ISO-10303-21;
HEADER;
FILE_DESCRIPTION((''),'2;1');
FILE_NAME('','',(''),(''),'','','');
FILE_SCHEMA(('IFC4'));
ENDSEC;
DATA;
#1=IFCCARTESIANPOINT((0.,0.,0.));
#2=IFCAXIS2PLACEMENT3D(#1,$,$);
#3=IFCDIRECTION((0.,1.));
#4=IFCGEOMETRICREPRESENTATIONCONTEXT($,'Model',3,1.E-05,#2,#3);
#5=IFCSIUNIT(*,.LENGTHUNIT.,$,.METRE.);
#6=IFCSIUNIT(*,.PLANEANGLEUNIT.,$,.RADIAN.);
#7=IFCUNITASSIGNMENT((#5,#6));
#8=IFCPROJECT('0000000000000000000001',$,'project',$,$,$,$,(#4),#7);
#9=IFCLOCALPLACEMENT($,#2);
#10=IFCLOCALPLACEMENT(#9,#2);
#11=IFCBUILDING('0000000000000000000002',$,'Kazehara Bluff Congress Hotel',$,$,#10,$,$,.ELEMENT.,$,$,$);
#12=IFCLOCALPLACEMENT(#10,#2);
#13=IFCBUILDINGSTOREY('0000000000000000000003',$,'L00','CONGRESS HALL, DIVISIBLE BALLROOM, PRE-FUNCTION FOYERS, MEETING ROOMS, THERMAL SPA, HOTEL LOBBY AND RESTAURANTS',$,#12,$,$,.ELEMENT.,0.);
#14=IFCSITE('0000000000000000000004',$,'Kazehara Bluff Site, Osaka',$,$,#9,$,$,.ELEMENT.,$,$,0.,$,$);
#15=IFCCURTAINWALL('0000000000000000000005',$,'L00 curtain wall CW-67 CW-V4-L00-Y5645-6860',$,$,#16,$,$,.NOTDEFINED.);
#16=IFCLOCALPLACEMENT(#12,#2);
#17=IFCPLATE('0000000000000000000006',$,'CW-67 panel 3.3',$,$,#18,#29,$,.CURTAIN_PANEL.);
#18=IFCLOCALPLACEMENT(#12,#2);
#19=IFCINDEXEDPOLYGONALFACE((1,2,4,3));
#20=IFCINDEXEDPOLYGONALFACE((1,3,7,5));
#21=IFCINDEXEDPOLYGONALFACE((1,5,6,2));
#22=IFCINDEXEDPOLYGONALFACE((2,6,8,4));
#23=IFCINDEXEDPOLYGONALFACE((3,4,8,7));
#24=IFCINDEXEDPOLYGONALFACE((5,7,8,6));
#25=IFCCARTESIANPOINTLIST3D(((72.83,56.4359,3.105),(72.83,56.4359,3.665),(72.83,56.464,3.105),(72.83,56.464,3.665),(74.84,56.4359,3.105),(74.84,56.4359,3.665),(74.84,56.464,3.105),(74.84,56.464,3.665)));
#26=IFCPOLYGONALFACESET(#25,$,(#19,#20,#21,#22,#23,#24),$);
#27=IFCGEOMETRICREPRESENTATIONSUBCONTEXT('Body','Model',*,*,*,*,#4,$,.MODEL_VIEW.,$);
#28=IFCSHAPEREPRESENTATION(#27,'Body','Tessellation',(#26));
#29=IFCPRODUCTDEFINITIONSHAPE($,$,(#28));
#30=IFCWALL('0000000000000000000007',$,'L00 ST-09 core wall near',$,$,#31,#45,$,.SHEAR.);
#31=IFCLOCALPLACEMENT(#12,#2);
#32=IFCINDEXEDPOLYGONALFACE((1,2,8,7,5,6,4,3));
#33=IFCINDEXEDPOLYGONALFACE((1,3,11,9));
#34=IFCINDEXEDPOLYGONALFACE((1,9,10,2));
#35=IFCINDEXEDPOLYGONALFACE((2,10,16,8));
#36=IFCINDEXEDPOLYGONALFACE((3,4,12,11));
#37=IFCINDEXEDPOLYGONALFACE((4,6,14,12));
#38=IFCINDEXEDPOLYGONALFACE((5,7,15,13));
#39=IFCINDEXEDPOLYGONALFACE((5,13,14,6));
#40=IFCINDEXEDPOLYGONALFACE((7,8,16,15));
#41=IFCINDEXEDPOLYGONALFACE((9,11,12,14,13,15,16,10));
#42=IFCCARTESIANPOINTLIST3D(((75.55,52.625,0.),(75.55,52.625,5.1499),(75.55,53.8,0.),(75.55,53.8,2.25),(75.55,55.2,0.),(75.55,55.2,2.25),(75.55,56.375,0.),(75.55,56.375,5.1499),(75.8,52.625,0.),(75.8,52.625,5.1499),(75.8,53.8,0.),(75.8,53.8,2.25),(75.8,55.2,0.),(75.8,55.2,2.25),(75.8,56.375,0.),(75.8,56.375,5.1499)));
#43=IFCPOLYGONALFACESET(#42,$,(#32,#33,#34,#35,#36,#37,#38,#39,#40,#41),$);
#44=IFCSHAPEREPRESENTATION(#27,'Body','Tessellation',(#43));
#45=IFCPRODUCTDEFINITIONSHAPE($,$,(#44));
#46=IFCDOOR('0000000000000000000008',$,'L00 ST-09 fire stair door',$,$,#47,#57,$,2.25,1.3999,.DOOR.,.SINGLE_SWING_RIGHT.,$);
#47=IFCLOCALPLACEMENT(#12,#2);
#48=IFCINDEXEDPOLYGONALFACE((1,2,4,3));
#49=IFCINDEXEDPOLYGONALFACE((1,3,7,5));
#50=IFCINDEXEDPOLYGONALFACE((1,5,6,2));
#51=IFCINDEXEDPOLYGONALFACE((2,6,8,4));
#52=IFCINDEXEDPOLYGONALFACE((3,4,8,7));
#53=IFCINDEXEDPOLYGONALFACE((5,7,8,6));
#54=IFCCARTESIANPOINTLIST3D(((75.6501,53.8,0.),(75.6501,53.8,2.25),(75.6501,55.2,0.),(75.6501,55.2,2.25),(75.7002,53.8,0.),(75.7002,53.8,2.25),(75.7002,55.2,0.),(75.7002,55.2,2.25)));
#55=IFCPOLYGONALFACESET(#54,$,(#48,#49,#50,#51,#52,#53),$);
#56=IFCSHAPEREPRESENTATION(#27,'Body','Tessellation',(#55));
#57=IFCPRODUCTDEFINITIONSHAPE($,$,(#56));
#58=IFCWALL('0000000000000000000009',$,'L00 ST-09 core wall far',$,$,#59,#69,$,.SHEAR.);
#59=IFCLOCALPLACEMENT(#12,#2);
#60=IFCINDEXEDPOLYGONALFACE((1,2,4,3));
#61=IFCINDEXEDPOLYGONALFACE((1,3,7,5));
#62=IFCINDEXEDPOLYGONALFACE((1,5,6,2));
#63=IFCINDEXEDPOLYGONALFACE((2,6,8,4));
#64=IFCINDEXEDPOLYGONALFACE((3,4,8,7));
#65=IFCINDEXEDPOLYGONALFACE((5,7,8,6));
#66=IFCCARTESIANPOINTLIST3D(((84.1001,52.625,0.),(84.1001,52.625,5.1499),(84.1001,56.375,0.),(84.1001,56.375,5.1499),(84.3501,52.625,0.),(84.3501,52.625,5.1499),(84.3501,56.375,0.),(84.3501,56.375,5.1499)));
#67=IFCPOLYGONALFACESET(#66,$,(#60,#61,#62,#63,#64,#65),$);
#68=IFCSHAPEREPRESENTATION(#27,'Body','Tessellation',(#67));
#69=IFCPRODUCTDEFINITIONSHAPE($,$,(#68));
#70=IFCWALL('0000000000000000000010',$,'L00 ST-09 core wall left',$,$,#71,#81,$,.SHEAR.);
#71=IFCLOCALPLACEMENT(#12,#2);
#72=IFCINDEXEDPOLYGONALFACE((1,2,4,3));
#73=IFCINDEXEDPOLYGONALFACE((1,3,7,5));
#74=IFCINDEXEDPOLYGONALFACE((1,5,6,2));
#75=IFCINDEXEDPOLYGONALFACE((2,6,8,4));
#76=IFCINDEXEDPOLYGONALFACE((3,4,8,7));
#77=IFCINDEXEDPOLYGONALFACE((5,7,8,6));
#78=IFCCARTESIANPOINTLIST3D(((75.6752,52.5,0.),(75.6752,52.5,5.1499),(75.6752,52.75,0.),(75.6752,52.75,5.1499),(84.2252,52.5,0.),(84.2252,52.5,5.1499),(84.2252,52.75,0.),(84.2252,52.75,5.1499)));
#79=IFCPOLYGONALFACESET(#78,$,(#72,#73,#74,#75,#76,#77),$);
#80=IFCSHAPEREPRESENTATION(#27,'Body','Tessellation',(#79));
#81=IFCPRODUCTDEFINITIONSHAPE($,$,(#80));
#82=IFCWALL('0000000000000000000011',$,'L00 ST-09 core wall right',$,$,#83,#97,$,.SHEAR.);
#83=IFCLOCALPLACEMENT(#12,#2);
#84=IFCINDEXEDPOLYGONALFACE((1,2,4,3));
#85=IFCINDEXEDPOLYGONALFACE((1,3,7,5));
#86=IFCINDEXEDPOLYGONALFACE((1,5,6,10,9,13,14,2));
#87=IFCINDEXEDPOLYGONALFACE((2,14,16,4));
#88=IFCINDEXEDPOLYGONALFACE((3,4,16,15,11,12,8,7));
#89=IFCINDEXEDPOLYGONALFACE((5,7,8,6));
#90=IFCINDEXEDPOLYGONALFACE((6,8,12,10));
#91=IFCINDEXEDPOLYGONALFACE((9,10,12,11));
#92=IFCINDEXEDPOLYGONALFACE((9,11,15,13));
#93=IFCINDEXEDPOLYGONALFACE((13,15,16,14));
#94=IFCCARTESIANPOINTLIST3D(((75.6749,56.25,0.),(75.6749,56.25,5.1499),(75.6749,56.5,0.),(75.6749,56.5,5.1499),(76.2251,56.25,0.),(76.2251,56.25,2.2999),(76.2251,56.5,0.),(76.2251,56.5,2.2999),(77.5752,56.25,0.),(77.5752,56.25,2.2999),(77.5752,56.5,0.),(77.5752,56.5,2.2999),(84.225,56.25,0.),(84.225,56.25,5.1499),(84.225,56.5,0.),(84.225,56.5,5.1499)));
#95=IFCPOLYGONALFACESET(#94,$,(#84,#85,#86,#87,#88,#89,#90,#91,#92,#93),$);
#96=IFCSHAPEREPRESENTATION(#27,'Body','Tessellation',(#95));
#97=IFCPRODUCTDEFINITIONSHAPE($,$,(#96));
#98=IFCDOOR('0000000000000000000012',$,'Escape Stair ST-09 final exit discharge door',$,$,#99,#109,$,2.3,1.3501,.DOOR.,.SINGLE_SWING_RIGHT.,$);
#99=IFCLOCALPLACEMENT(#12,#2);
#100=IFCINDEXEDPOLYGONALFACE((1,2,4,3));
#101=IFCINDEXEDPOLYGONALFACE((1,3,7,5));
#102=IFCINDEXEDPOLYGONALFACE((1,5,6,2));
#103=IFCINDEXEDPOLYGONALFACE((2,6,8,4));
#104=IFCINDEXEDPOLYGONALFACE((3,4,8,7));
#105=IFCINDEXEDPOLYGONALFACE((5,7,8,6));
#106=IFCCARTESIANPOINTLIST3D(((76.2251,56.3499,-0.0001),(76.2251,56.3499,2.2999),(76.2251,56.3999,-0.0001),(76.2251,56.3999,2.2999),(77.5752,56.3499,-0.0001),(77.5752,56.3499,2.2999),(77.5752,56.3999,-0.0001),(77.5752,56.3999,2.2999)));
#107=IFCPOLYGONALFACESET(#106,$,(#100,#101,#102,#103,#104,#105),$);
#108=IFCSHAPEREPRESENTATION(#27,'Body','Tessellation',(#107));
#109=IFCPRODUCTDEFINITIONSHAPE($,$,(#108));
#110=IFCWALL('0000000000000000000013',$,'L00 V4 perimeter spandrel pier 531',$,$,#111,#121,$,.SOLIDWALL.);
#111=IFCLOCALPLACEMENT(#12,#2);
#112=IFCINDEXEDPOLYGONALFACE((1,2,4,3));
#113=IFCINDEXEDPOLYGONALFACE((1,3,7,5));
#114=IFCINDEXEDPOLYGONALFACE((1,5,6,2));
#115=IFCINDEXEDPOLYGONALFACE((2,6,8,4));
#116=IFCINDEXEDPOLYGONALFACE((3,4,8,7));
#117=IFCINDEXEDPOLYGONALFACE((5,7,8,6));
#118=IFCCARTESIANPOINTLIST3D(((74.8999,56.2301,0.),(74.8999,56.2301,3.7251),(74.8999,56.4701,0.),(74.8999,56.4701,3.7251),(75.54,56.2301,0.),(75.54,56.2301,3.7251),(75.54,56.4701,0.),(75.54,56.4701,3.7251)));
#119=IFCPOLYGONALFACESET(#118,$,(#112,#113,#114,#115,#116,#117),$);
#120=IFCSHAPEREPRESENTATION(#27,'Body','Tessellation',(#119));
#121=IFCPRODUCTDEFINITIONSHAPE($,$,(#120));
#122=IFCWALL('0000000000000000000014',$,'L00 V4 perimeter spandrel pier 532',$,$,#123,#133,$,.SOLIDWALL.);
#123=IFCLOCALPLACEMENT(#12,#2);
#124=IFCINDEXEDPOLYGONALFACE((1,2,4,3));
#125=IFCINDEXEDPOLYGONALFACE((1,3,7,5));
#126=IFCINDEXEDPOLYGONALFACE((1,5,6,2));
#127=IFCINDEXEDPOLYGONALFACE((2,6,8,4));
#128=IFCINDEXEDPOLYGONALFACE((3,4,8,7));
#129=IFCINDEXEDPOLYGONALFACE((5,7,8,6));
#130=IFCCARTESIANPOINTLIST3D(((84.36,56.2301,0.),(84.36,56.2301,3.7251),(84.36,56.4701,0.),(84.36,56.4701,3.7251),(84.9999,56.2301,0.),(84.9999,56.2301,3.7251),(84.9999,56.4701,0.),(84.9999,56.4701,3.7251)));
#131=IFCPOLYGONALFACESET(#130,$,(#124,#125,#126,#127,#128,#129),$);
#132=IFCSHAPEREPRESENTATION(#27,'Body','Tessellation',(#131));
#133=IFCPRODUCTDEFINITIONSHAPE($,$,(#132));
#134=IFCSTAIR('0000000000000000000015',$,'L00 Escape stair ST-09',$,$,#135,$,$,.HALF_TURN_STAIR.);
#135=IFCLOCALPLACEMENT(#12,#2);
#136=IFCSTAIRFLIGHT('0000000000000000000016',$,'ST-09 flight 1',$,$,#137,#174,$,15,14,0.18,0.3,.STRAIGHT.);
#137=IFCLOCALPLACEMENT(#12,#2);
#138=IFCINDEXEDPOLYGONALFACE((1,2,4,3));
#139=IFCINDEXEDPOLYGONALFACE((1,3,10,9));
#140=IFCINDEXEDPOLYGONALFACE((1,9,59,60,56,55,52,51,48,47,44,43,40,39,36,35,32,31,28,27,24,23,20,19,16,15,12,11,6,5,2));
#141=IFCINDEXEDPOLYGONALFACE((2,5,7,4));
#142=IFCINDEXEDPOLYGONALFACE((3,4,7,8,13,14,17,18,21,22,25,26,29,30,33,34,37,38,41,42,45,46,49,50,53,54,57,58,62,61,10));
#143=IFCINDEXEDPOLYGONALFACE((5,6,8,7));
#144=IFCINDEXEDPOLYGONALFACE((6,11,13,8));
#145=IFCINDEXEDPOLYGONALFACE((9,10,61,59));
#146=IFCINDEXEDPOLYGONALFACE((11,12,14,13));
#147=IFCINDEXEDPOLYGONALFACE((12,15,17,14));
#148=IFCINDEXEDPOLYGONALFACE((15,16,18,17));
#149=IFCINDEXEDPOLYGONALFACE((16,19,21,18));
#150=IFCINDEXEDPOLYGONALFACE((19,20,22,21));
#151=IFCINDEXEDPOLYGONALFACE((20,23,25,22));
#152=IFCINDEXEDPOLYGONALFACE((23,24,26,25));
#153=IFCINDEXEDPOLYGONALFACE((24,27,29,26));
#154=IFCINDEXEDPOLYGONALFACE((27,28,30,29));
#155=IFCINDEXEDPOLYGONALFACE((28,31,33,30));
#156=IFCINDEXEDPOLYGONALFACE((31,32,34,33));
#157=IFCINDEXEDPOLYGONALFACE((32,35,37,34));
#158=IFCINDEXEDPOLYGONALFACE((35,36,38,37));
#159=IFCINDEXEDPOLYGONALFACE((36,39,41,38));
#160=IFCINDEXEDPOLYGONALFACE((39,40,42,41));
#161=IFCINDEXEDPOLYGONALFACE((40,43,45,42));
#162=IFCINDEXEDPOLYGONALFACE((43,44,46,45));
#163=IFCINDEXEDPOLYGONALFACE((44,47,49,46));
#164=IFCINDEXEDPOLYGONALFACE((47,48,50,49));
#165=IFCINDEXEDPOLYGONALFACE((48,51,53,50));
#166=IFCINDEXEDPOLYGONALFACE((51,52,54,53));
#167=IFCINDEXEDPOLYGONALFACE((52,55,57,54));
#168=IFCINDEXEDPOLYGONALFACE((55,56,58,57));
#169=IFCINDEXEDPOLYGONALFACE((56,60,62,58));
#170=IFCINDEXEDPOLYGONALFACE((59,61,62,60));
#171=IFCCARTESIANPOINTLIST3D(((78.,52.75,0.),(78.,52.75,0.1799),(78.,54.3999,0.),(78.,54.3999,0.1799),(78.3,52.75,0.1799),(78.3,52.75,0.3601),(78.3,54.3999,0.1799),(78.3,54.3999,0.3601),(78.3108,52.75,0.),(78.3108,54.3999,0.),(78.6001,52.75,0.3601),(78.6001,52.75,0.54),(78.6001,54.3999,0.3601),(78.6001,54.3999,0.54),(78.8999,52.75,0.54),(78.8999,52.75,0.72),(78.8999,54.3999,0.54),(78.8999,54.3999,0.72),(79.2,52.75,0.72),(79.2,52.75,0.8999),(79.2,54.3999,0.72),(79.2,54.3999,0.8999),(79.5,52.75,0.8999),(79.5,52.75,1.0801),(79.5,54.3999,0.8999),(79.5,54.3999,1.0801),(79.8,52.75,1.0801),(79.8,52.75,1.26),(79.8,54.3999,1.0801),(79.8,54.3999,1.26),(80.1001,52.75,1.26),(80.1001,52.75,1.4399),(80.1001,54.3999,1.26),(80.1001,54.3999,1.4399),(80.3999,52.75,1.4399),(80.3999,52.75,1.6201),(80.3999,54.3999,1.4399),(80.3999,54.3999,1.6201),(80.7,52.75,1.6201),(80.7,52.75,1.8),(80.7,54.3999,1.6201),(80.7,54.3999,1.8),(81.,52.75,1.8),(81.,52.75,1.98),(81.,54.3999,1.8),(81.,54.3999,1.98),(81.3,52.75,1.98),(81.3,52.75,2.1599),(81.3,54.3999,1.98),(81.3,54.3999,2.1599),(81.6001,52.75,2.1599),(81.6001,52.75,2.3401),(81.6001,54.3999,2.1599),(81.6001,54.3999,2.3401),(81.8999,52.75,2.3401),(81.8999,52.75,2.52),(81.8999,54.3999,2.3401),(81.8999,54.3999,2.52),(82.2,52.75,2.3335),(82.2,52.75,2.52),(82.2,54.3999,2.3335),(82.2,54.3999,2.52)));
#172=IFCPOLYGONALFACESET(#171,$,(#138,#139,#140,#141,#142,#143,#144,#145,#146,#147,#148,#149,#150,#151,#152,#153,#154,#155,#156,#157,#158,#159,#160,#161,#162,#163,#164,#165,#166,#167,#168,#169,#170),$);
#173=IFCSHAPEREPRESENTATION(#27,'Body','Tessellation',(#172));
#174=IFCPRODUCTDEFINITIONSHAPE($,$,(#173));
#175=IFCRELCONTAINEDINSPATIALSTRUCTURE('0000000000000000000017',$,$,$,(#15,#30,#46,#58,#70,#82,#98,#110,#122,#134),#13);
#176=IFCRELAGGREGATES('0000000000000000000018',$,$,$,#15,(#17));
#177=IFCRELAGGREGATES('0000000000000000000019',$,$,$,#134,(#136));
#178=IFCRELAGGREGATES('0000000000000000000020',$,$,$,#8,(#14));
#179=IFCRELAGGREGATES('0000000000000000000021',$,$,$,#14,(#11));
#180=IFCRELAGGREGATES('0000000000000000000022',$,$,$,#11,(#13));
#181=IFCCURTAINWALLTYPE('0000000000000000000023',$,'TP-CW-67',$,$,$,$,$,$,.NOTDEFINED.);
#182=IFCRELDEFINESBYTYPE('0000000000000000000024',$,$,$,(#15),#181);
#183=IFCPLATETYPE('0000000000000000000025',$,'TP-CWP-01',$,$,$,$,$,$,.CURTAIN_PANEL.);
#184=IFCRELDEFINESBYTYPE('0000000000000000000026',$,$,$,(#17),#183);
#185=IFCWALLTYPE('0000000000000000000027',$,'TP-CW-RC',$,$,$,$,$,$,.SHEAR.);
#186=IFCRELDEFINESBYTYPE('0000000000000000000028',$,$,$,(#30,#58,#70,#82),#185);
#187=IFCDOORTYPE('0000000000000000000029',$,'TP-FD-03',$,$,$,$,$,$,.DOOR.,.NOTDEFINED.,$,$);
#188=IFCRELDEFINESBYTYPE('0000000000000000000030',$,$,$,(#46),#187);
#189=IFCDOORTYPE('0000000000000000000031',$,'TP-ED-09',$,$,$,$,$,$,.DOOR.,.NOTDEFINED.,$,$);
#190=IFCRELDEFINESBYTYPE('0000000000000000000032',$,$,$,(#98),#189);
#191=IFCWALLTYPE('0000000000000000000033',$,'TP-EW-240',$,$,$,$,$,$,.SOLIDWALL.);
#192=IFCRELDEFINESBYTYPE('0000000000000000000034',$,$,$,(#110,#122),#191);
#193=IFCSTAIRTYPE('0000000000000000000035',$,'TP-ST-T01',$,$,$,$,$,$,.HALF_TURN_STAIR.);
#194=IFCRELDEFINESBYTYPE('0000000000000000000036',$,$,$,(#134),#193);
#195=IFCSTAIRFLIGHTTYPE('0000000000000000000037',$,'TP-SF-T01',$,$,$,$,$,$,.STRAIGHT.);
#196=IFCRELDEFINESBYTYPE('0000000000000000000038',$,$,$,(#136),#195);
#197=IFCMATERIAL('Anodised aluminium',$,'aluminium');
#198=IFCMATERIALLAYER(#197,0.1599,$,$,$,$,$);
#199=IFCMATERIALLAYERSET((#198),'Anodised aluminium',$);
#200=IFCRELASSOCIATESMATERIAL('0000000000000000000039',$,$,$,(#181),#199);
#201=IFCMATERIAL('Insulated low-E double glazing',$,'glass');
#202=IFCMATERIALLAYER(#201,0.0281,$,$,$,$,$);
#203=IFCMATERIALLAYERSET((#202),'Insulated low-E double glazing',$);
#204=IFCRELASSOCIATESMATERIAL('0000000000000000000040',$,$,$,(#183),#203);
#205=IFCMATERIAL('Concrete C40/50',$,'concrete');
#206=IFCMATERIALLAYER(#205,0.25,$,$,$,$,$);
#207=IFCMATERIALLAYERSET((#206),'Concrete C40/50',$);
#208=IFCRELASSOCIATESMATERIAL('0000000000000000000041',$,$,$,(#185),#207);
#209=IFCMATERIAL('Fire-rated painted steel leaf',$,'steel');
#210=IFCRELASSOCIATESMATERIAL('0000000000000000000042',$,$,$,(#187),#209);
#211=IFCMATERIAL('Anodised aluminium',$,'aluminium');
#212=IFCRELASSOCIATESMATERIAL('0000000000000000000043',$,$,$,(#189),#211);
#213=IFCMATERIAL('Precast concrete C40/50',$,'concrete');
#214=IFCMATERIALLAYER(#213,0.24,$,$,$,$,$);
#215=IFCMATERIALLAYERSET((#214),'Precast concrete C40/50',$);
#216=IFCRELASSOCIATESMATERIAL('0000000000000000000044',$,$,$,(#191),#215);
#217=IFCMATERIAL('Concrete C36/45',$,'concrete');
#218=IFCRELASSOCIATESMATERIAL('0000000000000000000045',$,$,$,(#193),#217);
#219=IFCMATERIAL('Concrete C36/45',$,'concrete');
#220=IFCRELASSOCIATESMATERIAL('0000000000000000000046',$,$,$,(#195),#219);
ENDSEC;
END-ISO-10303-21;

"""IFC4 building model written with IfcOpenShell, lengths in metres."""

from ifc_helpers import new_model, si_unit, direction, frame, frame_2d, origin, origin_2d, place, context, subcontext, project, spatial, polyline, rectangle, outline, extrude, material, layer, layer_set, type_object, element, fill, aggregate, save


model = new_model("IFC4")

# Units and contexts
model_context = context("Model", 3, precision=1e-05, world=origin(), true_north=direction((0.0, 1.0)))
body_context = subcontext(model_context, "Body", "Model", "MODEL_VIEW")
ifc_project = project(units=[si_unit("LENGTHUNIT", "METRE"), si_unit("PLANEANGLEUNIT", "RADIAN")], contexts=[model_context])

# Site, building, storey
site_placement = place(None, origin())
site = spatial("IfcSite", under=ifc_project, at=site_placement, Name="Kazehara Bluff Site, Osaka", CompositionType="ELEMENT", RefElevation=0.0)
building_placement = place(site_placement, origin())
building = spatial("IfcBuilding", under=site, at=building_placement, Name="Kazehara Bluff Congress Hotel", CompositionType="ELEMENT")
storey_placement = place(building_placement, origin())
storey = spatial("IfcBuildingStorey", under=building, at=storey_placement, Name="L00", Description="CONGRESS HALL, DIVISIBLE BALLROOM, PRE-FUNCTION FOYERS, MEETING ROOMS, THERMAL SPA, HOTEL LOBBY AND RESTAURANTS", CompositionType="ELEMENT", Elevation=0.0)

# Curtain wall
ifc_material_1 = material(Name="Anodised aluminium", Category="aluminium")
ifc_layer_1 = layer(ifc_material_1, 0.1599)
ifc_layer_set_1 = layer_set([ifc_layer_1], Name="Anodised aluminium")
curtain_wall_type_1 = type_object("IfcCurtainWallType", Name="TP-CW-67", PredefinedType="NOTDEFINED", material=ifc_layer_set_1)
curtain_wall_1_placement = place(storey_placement, origin())
curtain_wall_1 = element("IfcCurtainWall", 1, at=curtain_wall_1_placement, inside=storey, type_object=curtain_wall_type_1, Name="L00 curtain wall CW-67 CW-V4-L00-Y5645-6860", PredefinedType="NOTDEFINED")

# Plate
ifc_material_2 = material(Name="Insulated low-E double glazing", Category="glass")
ifc_layer_2 = layer(ifc_material_2, 0.0281)
ifc_layer_set_2 = layer_set([ifc_layer_2], Name="Insulated low-E double glazing")
plate_type = type_object("IfcPlateType", Name="TP-CWP-01", PredefinedType="CURTAIN_PANEL", material=ifc_layer_set_2)
plate_1_placement = place(storey_placement, frame((73.835, 56.45, 3.105), z_axis=(0.0, 0.0, 1.0), x_axis=(1.0, 0.0, 0.0)))
plate_1 = element("IfcPlate", 2, at=plate_1_placement, type_object=plate_type, Name="CW-67 panel 3.3", PredefinedType="CURTAIN_PANEL", context=body_context, shape_type="SweptSolid", body=[
    extrude(rectangle(XDim=2.01, YDim=0.0281, at=origin_2d()), origin(), (0.0, 0.0, 1.0), 0.5601),
])
aggregate(curtain_wall_1, [plate_1])

# Wall, opening, door
ifc_material_3 = material(Name="Concrete C40/50", Category="concrete")
ifc_layer_3 = layer(ifc_material_3, 0.25)
ifc_layer_set_3 = layer_set([ifc_layer_3], Name="Concrete C40/50")
wall_type_1 = type_object("IfcWallType", Name="TP-CW-RC", PredefinedType="SHEAR", material=ifc_layer_set_3)
wall_1_placement = place(storey_placement, frame((75.675, 52.625, 0.0), z_axis=(0.0, 0.0, 1.0), x_axis=(0.0, 1.0, 0.0)))
wall_1 = element("IfcWall", 3, at=wall_1_placement, inside=storey, type_object=wall_type_1, Name="L00 ST-09 core wall near", PredefinedType="SHEAR", context=body_context, shape_type="SweptSolid", body=[
    extrude(rectangle(XDim=3.75, YDim=0.25, at=frame_2d((1.875, 0.0))), origin(), (0.0, 0.0, 1.0), 5.1499),
])
opening_1_placement = place(wall_1_placement, frame((1.175, 0.0, 0.0)))
opening_1 = element("IfcOpeningElement", 4, at=opening_1_placement, cuts=wall_1, PredefinedType="OPENING", context=body_context, shape_type="SweptSolid", body=[
    extrude(rectangle(XDim=1.3999, YDim=2.25, at=frame_2d((0.7, 1.125))), frame((0.0, 0.135, 0.0), z_axis=(0.0, -1.0, 0.0), x_axis=(1.0, 0.0, 0.0)), (0.0, 0.0, 1.0), 0.27),
])
ifc_material_4 = material(Name="Fire-rated painted steel leaf", Category="steel")
door_type_1 = type_object("IfcDoorType", Name="TP-FD-03", OperationType="NOTDEFINED", PredefinedType="DOOR", material=ifc_material_4)
door_1_placement = place(opening_1_placement, origin())
door_1 = element("IfcDoor", 5, at=door_1_placement, inside=storey, type_object=door_type_1, Name="L00 ST-09 fire stair door", OperationType="SINGLE_SWING_RIGHT", OverallHeight=2.25, OverallWidth=1.3999, PredefinedType="DOOR", context=body_context, shape_type="SweptSolid", body=[
    extrude(rectangle(XDim=1.3999, YDim=2.25, at=frame_2d((0.7, 1.125))), frame((0.0, 0.0249, 0.0), z_axis=(0.0, -1.0, 0.0), x_axis=(1.0, 0.0, 0.0)), (0.0, 0.0, 1.0), 0.05),
])
fill(opening_1, door_1)

# Walls
wall_2_placement = place(storey_placement, frame((84.2251, 56.375, 0.0), z_axis=(0.0, 0.0, 1.0), x_axis=(0.0, -1.0, 0.0)))
element("IfcWall", 6, at=wall_2_placement, inside=storey, type_object=wall_type_1, Name="L00 ST-09 core wall far", PredefinedType="SHEAR", context=body_context, shape_type="SweptSolid", body=[
    extrude(rectangle(XDim=3.75, YDim=0.25, at=frame_2d((1.875, 0.0))), origin(), (0.0, 0.0, 1.0), 5.1499),
])
wall_3_placement = place(storey_placement, frame((84.2251, 52.625, 0.0), z_axis=(0.0, 0.0, 1.0), x_axis=(-1.0, 0.0, 0.0)))
element("IfcWall", 7, at=wall_3_placement, inside=storey, type_object=wall_type_1, Name="L00 ST-09 core wall left", PredefinedType="SHEAR", context=body_context, shape_type="SweptSolid", body=[
    extrude(rectangle(XDim=8.55, YDim=0.25, at=frame_2d((4.2749, 0.0))), origin(), (0.0, 0.0, 1.0), 5.1499),
])

# Wall, opening, door
wall_4_placement = place(storey_placement, frame((75.675, 56.375, 0.0), z_axis=(0.0, 0.0, 1.0), x_axis=(1.0, 0.0, 0.0)))
wall_4 = element("IfcWall", 8, at=wall_4_placement, inside=storey, type_object=wall_type_1, Name="L00 ST-09 core wall right", PredefinedType="SHEAR", context=body_context, shape_type="SweptSolid", body=[
    extrude(rectangle(XDim=8.55, YDim=0.25, at=frame_2d((4.2749, 0.0))), origin(), (0.0, 0.0, 1.0), 5.1499),
])
opening_2_placement = place(wall_4_placement, frame((0.55, 0.0, 0.0)))
opening_2 = element("IfcOpeningElement", 9, at=opening_2_placement, cuts=wall_4, PredefinedType="OPENING", context=body_context, shape_type="SweptSolid", body=[
    extrude(rectangle(XDim=1.3501, YDim=2.3, at=frame_2d((0.675, 1.1499))), frame((0.0, 0.135, 0.0), z_axis=(0.0, -1.0, 0.0), x_axis=(1.0, 0.0, 0.0)), (0.0, 0.0, 1.0), 0.27),
])
ifc_material_5 = material(Name="Anodised aluminium", Category="aluminium")
door_type_2 = type_object("IfcDoorType", Name="TP-ED-09", OperationType="NOTDEFINED", PredefinedType="DOOR", material=ifc_material_5)
door_2_placement = place(opening_2_placement, origin())
door_2 = element("IfcDoor", 10, at=door_2_placement, inside=storey, type_object=door_type_2, Name="Escape Stair ST-09 final exit discharge door", OperationType="SINGLE_SWING_RIGHT", OverallHeight=2.3, OverallWidth=1.3501, PredefinedType="DOOR", context=body_context, shape_type="SweptSolid", body=[
    extrude(rectangle(XDim=1.3501, YDim=2.3, at=frame_2d((0.675, 1.1499))), frame((0.0, 0.0249, 0.0), z_axis=(0.0, -1.0, 0.0), x_axis=(1.0, 0.0, 0.0)), (0.0, 0.0, 1.0), 0.05),
])
fill(opening_2, door_2)

# Walls
ifc_material_6 = material(Name="Precast concrete C40/50", Category="concrete")
ifc_layer_4 = layer(ifc_material_6, 0.24)
ifc_layer_set_4 = layer_set([ifc_layer_4], Name="Precast concrete C40/50")
wall_type_2 = type_object("IfcWallType", Name="TP-EW-240", PredefinedType="SOLIDWALL", material=ifc_layer_set_4)
wall_5_placement = place(storey_placement, frame((74.8999, 56.3501, 0.0), z_axis=(0.0, 0.0, 1.0), x_axis=(1.0, 0.0, 0.0)))
element("IfcWall", 11, at=wall_5_placement, inside=storey, type_object=wall_type_2, Name="L00 V4 perimeter spandrel pier 531", PredefinedType="SOLIDWALL", context=body_context, shape_type="SweptSolid", body=[
    extrude(rectangle(XDim=0.6401, YDim=0.24, at=frame_2d((0.3201, 0.0))), origin(), (0.0, 0.0, 1.0), 3.7251),
])
wall_6_placement = place(storey_placement, frame((84.3601, 56.3501, 0.0), z_axis=(0.0, 0.0, 1.0), x_axis=(1.0, 0.0, 0.0)))
element("IfcWall", 12, at=wall_6_placement, inside=storey, type_object=wall_type_2, Name="L00 V4 perimeter spandrel pier 532", PredefinedType="SOLIDWALL", context=body_context, shape_type="SweptSolid", body=[
    extrude(rectangle(XDim=0.6399, YDim=0.24, at=frame_2d((0.3198, 0.0))), origin(), (0.0, 0.0, 1.0), 3.7251),
])

# Stair, stair flight
ifc_material_7 = material(Name="Concrete C36/45", Category="concrete")
stair_type = type_object("IfcStairType", Name="TP-ST-T01", PredefinedType="HALF_TURN_STAIR", material=ifc_material_7)
stair_placement = place(storey_placement, origin())
stair = element("IfcStair", 13, at=stair_placement, inside=storey, type_object=stair_type, Name="L00 Escape stair ST-09", PredefinedType="HALF_TURN_STAIR")
ifc_material_8 = material(Name="Concrete C36/45", Category="concrete")
stair_flight_type = type_object("IfcStairFlightType", Name="TP-SF-T01", PredefinedType="STRAIGHT", material=ifc_material_8)
stair_flight_1_placement = place(storey_placement, frame((78.0, 53.575, 0.0), z_axis=(0.0, 0.0, 1.0), x_axis=(1.0, 0.0, 0.0)))
stair_flight_1 = element("IfcStairFlight", 14, at=stair_flight_1_placement, type_object=stair_flight_type, Name="ST-09 flight 1", NumberOfRisers=15, NumberOfTreads=14, PredefinedType="STRAIGHT", RiserHeight=0.18, TreadLength=0.3, context=body_context, shape_type="SweptSolid", body=[
    extrude(outline(polyline([(0.0, 0.0), (0.0, 0.1799), (0.3, 0.1799), (0.3, 0.3601), (0.6001, 0.3601), (0.6001, 0.54), (0.8999, 0.54), (0.8999, 0.72), (1.2, 0.72), (1.2, 0.8999), (1.5, 0.8999), (1.5, 1.0801), (1.8, 1.0801), (1.8, 1.26), (2.1001, 1.26), (2.1001, 1.4399), (2.3999, 1.4399), (2.3999, 1.6201), (2.7, 1.6201), (2.7, 1.8), (3.0, 1.8), (3.0, 1.98), (3.3, 1.98), (3.3, 2.1599), (3.6001, 2.1599), (3.6001, 2.3401), (3.8999, 2.3401), (3.8999, 2.52), (4.2, 2.52), (4.2, 2.7), (4.2, 2.3335), (0.3108, 0.0), (0.0, 0.0)])), frame((0.0, 0.825, 0.0), z_axis=(0.0, -1.0, 0.0), x_axis=(1.0, 0.0, 0.0)), (0.0, 0.0, 1.0), 1.6499),
])
aggregate(stair, [stair_flight_1])

save(model, "model.ifc")
